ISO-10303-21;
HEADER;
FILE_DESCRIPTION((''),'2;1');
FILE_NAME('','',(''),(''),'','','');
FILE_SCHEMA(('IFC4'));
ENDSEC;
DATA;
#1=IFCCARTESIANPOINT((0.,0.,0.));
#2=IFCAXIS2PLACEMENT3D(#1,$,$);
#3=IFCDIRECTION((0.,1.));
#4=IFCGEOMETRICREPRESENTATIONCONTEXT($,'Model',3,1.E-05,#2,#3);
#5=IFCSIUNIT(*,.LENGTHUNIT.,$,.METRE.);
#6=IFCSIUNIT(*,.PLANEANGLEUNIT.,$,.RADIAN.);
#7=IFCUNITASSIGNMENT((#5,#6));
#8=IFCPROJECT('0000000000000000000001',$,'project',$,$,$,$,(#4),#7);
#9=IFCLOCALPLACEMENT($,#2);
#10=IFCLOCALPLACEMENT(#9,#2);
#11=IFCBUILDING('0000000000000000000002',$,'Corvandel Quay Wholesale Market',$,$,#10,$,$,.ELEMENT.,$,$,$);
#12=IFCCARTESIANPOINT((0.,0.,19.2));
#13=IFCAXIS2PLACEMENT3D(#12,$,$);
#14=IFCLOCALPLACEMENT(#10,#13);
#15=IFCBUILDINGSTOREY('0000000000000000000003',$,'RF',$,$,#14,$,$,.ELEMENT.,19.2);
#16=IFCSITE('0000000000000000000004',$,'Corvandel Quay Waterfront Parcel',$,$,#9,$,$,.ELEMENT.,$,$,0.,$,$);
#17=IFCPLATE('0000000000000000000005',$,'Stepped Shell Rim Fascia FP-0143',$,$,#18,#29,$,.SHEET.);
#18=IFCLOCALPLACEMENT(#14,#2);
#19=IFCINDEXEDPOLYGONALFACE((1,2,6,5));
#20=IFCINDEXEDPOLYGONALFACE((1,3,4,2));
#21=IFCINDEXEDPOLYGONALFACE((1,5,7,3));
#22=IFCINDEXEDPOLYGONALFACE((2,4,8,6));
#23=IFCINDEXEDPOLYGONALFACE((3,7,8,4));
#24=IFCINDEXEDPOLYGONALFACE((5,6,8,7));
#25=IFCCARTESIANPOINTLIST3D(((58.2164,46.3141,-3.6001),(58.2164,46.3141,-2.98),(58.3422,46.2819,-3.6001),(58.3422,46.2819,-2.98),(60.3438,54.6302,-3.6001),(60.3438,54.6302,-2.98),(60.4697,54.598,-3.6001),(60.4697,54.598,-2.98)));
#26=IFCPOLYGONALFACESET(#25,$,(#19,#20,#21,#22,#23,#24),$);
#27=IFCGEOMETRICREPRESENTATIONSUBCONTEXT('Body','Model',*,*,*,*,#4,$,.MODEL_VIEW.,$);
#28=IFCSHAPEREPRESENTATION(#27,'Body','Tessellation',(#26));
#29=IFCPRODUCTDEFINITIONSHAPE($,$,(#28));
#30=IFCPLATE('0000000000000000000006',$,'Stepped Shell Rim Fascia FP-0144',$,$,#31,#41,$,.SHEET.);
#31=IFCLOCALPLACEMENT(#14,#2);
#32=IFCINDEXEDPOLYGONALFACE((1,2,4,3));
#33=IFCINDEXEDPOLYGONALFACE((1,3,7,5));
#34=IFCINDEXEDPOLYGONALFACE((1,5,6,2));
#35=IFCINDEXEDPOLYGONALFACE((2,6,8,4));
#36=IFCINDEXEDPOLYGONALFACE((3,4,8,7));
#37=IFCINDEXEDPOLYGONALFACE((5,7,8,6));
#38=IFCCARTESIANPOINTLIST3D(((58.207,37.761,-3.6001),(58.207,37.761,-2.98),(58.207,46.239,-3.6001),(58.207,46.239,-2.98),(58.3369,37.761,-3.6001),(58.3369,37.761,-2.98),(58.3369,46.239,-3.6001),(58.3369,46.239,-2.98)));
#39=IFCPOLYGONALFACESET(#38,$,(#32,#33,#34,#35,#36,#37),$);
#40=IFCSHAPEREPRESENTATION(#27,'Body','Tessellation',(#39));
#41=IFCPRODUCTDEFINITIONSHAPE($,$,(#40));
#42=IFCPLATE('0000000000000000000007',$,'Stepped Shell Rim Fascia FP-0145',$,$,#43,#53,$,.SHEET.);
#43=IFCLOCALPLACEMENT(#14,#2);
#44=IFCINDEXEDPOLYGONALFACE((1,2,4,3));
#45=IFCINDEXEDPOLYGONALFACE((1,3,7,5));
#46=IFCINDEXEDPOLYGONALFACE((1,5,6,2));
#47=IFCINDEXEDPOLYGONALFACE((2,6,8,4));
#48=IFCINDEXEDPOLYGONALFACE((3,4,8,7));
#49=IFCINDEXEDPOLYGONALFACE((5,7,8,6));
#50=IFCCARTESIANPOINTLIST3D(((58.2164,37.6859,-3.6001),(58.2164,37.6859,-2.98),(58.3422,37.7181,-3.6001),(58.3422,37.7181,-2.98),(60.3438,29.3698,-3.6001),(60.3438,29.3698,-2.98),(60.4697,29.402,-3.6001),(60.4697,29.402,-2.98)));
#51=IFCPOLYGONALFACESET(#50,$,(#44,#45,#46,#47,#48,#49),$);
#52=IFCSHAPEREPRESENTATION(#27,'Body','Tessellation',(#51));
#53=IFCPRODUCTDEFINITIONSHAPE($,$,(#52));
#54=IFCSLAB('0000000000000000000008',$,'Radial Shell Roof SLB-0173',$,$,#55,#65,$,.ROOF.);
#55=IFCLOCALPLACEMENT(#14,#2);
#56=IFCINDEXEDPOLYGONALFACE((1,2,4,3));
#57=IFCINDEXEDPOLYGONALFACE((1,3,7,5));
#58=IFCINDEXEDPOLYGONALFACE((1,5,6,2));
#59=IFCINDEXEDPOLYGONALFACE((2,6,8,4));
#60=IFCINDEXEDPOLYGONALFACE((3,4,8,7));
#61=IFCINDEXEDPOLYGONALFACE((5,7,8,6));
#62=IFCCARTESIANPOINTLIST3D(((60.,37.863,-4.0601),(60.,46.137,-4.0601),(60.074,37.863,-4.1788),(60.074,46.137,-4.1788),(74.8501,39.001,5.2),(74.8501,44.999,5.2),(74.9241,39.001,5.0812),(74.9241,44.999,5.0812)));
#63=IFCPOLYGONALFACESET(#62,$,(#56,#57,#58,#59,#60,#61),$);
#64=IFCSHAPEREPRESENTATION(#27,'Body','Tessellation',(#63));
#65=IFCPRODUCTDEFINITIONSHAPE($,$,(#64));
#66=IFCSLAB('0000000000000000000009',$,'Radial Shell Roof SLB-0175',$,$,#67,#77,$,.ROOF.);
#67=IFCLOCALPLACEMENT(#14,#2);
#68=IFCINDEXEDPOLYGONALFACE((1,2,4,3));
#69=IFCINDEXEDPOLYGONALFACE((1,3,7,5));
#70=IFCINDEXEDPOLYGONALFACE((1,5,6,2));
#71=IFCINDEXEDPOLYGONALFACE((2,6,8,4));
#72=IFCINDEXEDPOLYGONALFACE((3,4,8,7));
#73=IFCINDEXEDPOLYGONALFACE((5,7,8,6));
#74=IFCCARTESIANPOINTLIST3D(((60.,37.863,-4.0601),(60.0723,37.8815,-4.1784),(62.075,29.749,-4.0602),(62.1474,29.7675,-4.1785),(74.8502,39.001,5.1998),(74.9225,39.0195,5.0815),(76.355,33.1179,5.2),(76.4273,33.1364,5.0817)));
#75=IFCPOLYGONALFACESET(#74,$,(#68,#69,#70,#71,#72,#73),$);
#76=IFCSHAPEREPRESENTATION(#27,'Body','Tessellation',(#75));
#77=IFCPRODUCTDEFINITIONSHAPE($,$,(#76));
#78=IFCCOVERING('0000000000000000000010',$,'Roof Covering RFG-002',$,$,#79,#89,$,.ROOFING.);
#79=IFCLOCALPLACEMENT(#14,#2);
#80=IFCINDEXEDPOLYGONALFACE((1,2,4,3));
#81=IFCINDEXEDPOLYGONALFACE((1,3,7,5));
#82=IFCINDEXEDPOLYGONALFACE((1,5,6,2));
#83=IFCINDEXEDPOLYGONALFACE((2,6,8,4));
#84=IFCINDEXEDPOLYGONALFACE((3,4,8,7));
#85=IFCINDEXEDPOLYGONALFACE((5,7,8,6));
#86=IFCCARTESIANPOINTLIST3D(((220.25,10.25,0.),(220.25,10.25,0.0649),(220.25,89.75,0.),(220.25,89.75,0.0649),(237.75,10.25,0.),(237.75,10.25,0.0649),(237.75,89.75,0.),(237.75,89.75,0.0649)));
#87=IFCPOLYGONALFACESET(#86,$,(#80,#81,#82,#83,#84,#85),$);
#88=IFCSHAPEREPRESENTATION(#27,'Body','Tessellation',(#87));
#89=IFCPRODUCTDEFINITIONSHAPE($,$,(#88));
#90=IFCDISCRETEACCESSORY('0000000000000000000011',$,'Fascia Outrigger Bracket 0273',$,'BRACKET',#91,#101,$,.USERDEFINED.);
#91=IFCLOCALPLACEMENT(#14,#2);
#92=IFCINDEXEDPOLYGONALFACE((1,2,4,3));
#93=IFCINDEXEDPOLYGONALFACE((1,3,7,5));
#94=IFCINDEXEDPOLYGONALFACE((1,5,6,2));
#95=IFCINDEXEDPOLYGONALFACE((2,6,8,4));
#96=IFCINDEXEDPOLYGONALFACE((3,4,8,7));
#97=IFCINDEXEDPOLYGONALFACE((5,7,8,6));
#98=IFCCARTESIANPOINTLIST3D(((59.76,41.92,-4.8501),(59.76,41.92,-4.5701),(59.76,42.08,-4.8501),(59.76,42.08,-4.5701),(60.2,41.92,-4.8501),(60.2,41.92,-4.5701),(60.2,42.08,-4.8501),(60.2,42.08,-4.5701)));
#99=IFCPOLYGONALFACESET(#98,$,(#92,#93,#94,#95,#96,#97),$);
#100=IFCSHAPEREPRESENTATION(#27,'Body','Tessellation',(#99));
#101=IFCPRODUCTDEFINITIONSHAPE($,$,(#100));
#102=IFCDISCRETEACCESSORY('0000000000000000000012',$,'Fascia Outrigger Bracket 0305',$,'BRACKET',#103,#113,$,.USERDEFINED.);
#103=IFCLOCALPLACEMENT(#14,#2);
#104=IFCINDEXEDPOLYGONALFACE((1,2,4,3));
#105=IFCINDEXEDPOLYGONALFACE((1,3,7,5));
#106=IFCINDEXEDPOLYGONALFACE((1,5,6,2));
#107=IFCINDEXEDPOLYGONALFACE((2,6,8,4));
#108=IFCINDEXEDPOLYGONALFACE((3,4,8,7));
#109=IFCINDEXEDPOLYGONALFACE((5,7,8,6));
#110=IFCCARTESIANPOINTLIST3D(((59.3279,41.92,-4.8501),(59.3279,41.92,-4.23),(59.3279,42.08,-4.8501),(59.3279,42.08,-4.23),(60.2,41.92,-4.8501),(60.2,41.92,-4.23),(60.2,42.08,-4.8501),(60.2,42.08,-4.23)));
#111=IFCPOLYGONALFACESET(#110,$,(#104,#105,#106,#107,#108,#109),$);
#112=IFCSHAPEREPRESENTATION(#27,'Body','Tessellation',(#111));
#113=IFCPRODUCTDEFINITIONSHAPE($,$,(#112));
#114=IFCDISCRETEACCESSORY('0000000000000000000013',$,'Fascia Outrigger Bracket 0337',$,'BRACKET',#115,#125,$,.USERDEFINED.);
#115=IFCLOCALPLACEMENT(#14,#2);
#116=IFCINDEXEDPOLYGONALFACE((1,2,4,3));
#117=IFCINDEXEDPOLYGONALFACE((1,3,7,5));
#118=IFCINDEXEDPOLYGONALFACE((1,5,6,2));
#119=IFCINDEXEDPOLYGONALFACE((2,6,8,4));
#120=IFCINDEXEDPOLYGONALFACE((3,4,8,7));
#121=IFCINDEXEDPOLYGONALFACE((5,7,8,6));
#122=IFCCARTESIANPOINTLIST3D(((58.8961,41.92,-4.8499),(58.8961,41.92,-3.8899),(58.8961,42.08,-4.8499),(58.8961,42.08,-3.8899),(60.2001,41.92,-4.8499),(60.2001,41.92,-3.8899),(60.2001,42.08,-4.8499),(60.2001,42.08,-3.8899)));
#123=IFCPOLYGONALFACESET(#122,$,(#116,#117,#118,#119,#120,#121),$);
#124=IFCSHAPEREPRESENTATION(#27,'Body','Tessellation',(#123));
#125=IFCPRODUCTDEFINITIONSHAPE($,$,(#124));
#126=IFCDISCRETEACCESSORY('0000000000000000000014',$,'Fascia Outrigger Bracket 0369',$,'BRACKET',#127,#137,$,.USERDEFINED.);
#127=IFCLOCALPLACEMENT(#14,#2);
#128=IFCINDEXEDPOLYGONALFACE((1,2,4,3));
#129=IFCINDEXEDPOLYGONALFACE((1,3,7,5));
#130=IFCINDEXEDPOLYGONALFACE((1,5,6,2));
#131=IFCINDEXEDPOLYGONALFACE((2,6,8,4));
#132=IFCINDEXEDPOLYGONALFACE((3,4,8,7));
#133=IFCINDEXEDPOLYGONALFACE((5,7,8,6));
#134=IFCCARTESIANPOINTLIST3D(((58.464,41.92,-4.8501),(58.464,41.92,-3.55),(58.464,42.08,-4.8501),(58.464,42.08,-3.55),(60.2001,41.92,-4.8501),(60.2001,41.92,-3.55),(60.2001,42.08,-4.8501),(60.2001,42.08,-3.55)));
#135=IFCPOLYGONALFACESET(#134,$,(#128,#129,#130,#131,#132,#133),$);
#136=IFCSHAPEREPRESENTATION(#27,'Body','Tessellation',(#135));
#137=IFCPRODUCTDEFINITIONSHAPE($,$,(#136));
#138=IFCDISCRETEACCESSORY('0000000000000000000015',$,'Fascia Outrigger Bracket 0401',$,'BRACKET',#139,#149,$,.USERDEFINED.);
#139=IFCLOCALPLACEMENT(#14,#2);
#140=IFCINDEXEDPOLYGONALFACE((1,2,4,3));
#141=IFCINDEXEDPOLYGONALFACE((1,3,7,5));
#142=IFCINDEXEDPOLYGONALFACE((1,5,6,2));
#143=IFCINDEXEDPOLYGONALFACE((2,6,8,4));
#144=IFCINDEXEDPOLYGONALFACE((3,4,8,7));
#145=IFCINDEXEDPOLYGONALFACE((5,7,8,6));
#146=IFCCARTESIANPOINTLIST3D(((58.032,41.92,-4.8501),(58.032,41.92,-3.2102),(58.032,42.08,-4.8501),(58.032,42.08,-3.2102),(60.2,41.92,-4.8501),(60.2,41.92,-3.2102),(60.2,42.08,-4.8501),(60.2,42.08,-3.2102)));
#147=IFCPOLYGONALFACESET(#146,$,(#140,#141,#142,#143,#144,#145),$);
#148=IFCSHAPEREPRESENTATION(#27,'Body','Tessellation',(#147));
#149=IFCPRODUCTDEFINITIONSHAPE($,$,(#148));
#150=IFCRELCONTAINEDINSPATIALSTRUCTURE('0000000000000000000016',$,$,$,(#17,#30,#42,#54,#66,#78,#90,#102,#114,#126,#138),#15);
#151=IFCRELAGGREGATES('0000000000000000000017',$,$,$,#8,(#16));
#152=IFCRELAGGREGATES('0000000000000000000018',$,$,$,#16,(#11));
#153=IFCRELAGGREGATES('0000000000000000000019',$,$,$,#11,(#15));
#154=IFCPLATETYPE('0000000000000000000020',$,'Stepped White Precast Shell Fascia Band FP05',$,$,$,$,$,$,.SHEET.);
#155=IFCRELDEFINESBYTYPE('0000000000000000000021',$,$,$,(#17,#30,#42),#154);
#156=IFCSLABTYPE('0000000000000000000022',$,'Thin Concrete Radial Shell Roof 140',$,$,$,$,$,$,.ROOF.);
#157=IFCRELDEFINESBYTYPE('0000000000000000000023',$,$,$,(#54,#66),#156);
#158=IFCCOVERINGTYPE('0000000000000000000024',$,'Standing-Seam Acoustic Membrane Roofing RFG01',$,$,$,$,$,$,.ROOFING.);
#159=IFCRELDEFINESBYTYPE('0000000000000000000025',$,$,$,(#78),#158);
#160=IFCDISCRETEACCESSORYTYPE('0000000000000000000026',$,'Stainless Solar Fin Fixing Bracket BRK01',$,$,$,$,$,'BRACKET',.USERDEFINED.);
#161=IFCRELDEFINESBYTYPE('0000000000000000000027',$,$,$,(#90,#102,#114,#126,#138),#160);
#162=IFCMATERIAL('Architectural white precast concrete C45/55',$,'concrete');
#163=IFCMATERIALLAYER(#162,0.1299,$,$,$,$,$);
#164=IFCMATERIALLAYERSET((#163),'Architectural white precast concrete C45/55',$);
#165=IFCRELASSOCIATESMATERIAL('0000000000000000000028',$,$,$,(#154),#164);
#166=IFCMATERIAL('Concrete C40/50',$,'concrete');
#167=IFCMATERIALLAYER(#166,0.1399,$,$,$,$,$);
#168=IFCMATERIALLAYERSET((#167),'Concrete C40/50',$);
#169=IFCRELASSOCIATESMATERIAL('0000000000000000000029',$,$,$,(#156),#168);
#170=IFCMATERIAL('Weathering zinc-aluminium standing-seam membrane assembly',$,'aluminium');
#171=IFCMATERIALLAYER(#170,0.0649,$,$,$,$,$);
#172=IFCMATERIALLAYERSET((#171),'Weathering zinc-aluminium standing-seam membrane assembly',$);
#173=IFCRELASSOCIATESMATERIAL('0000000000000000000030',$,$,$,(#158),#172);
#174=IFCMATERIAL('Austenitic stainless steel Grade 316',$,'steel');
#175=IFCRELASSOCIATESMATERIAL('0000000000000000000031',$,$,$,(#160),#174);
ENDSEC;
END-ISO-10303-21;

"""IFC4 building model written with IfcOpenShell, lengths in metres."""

from ifc_helpers import new_model, si_unit, direction, frame, origin, origin_2d, place, context, subcontext, project, spatial, polyline, rectangle, outline, extrude, material, layer, layer_set, type_object, element, save


model = new_model("IFC4")

# Units and contexts
model_context = context("Model", 3, precision=1e-05, world=origin(), true_north=direction((0.0, 1.0)))
body_context = subcontext(model_context, "Body", "Model", "MODEL_VIEW")
ifc_project = project(units=[si_unit("LENGTHUNIT", "METRE"), si_unit("PLANEANGLEUNIT", "RADIAN")], contexts=[model_context])

# Site, building, storey
site_placement = place(None, origin())
site = spatial("IfcSite", under=ifc_project, at=site_placement, Name="Corvandel Quay Waterfront Parcel", CompositionType="ELEMENT", RefElevation=0.0)
building_placement = place(site_placement, origin())
building = spatial("IfcBuilding", under=site, at=building_placement, Name="Corvandel Quay Wholesale Market", CompositionType="ELEMENT")
storey_placement = place(building_placement, frame((0.0, 0.0, 19.2)))
storey = spatial("IfcBuildingStorey", under=building, at=storey_placement, Name="RF", CompositionType="ELEMENT", Elevation=19.2)

# Plates
ifc_material_1 = material(Name="Architectural white precast concrete C45/55", Category="concrete")
ifc_layer_1 = layer(ifc_material_1, 0.1299)
ifc_layer_set_1 = layer_set([ifc_layer_1], Name="Architectural white precast concrete C45/55")
plate_type_1 = type_object("IfcPlateType", Name="Stepped White Precast Shell Fascia Band FP05", PredefinedType="SHEET", material=ifc_layer_set_1)
plate_1_placement = place(storey_placement, frame((59.343, 50.4561, -3.6001), z_axis=(0.0, 0.0, 1.0), x_axis=(0.247845, 0.9688, 0.0)))
element("IfcPlate", 1, at=plate_1_placement, inside=storey, type_object=plate_type_1, Name="Stepped Shell Rim Fascia FP-0143", PredefinedType="SHEET", context=body_context, shape_type="SweptSolid", body=[
    extrude(rectangle(XDim=8.584, YDim=0.1299, at=origin_2d()), origin(), (0.0, 0.0, 1.0), 0.6201),
])
plate_2_placement = place(storey_placement, frame((58.272, 42.0, -3.6001), z_axis=(0.0, 0.0, 1.0), x_axis=(0.0, 1.0, 0.0)))
element("IfcPlate", 2, at=plate_2_placement, inside=storey, type_object=plate_type_1, Name="Stepped Shell Rim Fascia FP-0144", PredefinedType="SHEET", context=body_context, shape_type="SweptSolid", body=[
    extrude(rectangle(XDim=8.478, YDim=0.1299, at=origin_2d()), origin(), (0.0, 0.0, 1.0), 0.6201),
])
plate_3_placement = place(storey_placement, frame((59.343, 33.5439, -3.6001), z_axis=(0.0, 0.0, 1.0), x_axis=(-0.247845, 0.9688, 0.0)))
element("IfcPlate", 3, at=plate_3_placement, inside=storey, type_object=plate_type_1, Name="Stepped Shell Rim Fascia FP-0145", PredefinedType="SHEET", context=body_context, shape_type="SweptSolid", body=[
    extrude(rectangle(XDim=8.584, YDim=0.1299, at=origin_2d()), origin(), (0.0, 0.0, 1.0), 0.6201),
])

# Slabs
ifc_material_2 = material(Name="Concrete C40/50", Category="concrete")
ifc_layer_2 = layer(ifc_material_2, 0.1399)
ifc_layer_set_2 = layer_set([ifc_layer_2], Name="Concrete C40/50")
slab_type_1 = type_object("IfcSlabType", Name="Thin Concrete Radial Shell Roof 140", PredefinedType="ROOF", material=ifc_layer_set_2)
slab_1_placement = place(storey_placement, frame((60.0, 46.137, -4.0601), z_axis=(-0.529123, 0.0, 0.848545), x_axis=(0.0, -1.0, 0.0)))
element("IfcSlab", 4, at=slab_1_placement, inside=storey, type_object=slab_type_1, Name="Radial Shell Roof SLB-0173", PredefinedType="ROOF", context=body_context, shape_type="SweptSolid", body=[
    extrude(outline(polyline([(0.0, 0.0), (8.2739, 0.0), (7.136, 17.5007), (1.1379, 17.5007), (0.0, 0.0)])), origin(), (0.0, 0.0, -1.0), 0.1399),
])
slab_2_placement = place(storey_placement, frame((60.0, 37.863, -4.0601), z_axis=(-0.517151, -0.132264, 0.845613), x_axis=(0.24776, -0.968821, -0.000013)))
element("IfcSlab", 5, at=slab_2_placement, inside=storey, type_object=slab_type_1, Name="Radial Shell Roof SLB-0175", PredefinedType="ROOF", context=body_context, shape_type="SweptSolid", body=[
    extrude(outline(polyline([(0.0, 0.0), (8.3751, 0.0), (8.6492, 17.3477), (2.5767, 17.3473), (0.0, 0.0)])), origin(), (0.0, 0.0, -1.0), 0.1399),
])

# Covering
ifc_material_3 = material(Name="Weathering zinc-aluminium standing-seam membrane assembly", Category="aluminium")
ifc_layer_3 = layer(ifc_material_3, 0.0649)
ifc_layer_set_3 = layer_set([ifc_layer_3], Name="Weathering zinc-aluminium standing-seam membrane assembly")
covering_type = type_object("IfcCoveringType", Name="Standing-Seam Acoustic Membrane Roofing RFG01", PredefinedType="ROOFING", material=ifc_layer_set_3)
covering_placement = place(storey_placement, origin())
element("IfcCovering", 6, at=covering_placement, inside=storey, type_object=covering_type, Name="Roof Covering RFG-002", PredefinedType="ROOFING", context=body_context, shape_type="SweptSolid", body=[
    extrude(outline(polyline([(220.25, 10.25), (220.25, 89.75), (237.75, 89.75), (237.75, 10.25), (220.25, 10.25)])), origin(), (0.0, 0.0, 1.0), 0.0649),
])

# Discrete accessories
ifc_material_4 = material(Name="Austenitic stainless steel Grade 316", Category="steel")
discrete_accessory_type = type_object("IfcDiscreteAccessoryType", Name="Stainless Solar Fin Fixing Bracket BRK01", ElementType="BRACKET", PredefinedType="USERDEFINED", material=ifc_material_4)
discrete_accessory_1_placement = place(storey_placement, frame((59.98, 42.0, -4.8501), z_axis=(0.0, 0.0, 1.0), x_axis=(1.0, 0.0, 0.0)))
element("IfcDiscreteAccessory", 7, at=discrete_accessory_1_placement, inside=storey, type_object=discrete_accessory_type, Name="Fascia Outrigger Bracket 0273", ObjectType="BRACKET", PredefinedType="USERDEFINED", context=body_context, shape_type="SweptSolid", body=[
    extrude(rectangle(XDim=0.4399, YDim=0.1599, at=origin_2d()), origin(), (0.0, 0.0, 1.0), 0.28),
])
discrete_accessory_2_placement = place(storey_placement, frame((59.7639, 42.0, -4.8501), z_axis=(0.0, 0.0, 1.0), x_axis=(1.0, 0.0, 0.0)))
element("IfcDiscreteAccessory", 8, at=discrete_accessory_2_placement, inside=storey, type_object=discrete_accessory_type, Name="Fascia Outrigger Bracket 0305", ObjectType="BRACKET", PredefinedType="USERDEFINED", context=body_context, shape_type="SweptSolid", body=[
    extrude(rectangle(XDim=0.8721, YDim=0.1599, at=origin_2d()), origin(), (0.0, 0.0, 1.0), 0.6201),
])
discrete_accessory_3_placement = place(storey_placement, frame((59.5481, 42.0, -4.8499), z_axis=(0.0, 0.0, 1.0), x_axis=(1.0, 0.0, 0.0)))
element("IfcDiscreteAccessory", 9, at=discrete_accessory_3_placement, inside=storey, type_object=discrete_accessory_type, Name="Fascia Outrigger Bracket 0337", ObjectType="BRACKET", PredefinedType="USERDEFINED", context=body_context, shape_type="SweptSolid", body=[
    extrude(rectangle(XDim=1.304, YDim=0.1599, at=origin_2d()), origin(), (0.0, 0.0, 1.0), 0.96),
])
discrete_accessory_4_placement = place(storey_placement, frame((59.332, 42.0, -4.8501), z_axis=(0.0, 0.0, 1.0), x_axis=(1.0, 0.0, 0.0)))
element("IfcDiscreteAccessory", 10, at=discrete_accessory_4_placement, inside=storey, type_object=discrete_accessory_type, Name="Fascia Outrigger Bracket 0369", ObjectType="BRACKET", PredefinedType="USERDEFINED", context=body_context, shape_type="SweptSolid", body=[
    extrude(rectangle(XDim=1.7361, YDim=0.1599, at=origin_2d()), origin(), (0.0, 0.0, 1.0), 1.3),
])
discrete_accessory_5_placement = place(storey_placement, frame((59.116, 42.0, -4.8501), z_axis=(0.0, 0.0, 1.0), x_axis=(1.0, 0.0, 0.0)))
element("IfcDiscreteAccessory", 11, at=discrete_accessory_5_placement, inside=storey, type_object=discrete_accessory_type, Name="Fascia Outrigger Bracket 0401", ObjectType="BRACKET", PredefinedType="USERDEFINED", context=body_context, shape_type="SweptSolid", body=[
    extrude(rectangle(XDim=2.168, YDim=0.1599, at=origin_2d()), origin(), (0.0, 0.0, 1.0), 1.6399),
])

save(model, "model.ifc")
